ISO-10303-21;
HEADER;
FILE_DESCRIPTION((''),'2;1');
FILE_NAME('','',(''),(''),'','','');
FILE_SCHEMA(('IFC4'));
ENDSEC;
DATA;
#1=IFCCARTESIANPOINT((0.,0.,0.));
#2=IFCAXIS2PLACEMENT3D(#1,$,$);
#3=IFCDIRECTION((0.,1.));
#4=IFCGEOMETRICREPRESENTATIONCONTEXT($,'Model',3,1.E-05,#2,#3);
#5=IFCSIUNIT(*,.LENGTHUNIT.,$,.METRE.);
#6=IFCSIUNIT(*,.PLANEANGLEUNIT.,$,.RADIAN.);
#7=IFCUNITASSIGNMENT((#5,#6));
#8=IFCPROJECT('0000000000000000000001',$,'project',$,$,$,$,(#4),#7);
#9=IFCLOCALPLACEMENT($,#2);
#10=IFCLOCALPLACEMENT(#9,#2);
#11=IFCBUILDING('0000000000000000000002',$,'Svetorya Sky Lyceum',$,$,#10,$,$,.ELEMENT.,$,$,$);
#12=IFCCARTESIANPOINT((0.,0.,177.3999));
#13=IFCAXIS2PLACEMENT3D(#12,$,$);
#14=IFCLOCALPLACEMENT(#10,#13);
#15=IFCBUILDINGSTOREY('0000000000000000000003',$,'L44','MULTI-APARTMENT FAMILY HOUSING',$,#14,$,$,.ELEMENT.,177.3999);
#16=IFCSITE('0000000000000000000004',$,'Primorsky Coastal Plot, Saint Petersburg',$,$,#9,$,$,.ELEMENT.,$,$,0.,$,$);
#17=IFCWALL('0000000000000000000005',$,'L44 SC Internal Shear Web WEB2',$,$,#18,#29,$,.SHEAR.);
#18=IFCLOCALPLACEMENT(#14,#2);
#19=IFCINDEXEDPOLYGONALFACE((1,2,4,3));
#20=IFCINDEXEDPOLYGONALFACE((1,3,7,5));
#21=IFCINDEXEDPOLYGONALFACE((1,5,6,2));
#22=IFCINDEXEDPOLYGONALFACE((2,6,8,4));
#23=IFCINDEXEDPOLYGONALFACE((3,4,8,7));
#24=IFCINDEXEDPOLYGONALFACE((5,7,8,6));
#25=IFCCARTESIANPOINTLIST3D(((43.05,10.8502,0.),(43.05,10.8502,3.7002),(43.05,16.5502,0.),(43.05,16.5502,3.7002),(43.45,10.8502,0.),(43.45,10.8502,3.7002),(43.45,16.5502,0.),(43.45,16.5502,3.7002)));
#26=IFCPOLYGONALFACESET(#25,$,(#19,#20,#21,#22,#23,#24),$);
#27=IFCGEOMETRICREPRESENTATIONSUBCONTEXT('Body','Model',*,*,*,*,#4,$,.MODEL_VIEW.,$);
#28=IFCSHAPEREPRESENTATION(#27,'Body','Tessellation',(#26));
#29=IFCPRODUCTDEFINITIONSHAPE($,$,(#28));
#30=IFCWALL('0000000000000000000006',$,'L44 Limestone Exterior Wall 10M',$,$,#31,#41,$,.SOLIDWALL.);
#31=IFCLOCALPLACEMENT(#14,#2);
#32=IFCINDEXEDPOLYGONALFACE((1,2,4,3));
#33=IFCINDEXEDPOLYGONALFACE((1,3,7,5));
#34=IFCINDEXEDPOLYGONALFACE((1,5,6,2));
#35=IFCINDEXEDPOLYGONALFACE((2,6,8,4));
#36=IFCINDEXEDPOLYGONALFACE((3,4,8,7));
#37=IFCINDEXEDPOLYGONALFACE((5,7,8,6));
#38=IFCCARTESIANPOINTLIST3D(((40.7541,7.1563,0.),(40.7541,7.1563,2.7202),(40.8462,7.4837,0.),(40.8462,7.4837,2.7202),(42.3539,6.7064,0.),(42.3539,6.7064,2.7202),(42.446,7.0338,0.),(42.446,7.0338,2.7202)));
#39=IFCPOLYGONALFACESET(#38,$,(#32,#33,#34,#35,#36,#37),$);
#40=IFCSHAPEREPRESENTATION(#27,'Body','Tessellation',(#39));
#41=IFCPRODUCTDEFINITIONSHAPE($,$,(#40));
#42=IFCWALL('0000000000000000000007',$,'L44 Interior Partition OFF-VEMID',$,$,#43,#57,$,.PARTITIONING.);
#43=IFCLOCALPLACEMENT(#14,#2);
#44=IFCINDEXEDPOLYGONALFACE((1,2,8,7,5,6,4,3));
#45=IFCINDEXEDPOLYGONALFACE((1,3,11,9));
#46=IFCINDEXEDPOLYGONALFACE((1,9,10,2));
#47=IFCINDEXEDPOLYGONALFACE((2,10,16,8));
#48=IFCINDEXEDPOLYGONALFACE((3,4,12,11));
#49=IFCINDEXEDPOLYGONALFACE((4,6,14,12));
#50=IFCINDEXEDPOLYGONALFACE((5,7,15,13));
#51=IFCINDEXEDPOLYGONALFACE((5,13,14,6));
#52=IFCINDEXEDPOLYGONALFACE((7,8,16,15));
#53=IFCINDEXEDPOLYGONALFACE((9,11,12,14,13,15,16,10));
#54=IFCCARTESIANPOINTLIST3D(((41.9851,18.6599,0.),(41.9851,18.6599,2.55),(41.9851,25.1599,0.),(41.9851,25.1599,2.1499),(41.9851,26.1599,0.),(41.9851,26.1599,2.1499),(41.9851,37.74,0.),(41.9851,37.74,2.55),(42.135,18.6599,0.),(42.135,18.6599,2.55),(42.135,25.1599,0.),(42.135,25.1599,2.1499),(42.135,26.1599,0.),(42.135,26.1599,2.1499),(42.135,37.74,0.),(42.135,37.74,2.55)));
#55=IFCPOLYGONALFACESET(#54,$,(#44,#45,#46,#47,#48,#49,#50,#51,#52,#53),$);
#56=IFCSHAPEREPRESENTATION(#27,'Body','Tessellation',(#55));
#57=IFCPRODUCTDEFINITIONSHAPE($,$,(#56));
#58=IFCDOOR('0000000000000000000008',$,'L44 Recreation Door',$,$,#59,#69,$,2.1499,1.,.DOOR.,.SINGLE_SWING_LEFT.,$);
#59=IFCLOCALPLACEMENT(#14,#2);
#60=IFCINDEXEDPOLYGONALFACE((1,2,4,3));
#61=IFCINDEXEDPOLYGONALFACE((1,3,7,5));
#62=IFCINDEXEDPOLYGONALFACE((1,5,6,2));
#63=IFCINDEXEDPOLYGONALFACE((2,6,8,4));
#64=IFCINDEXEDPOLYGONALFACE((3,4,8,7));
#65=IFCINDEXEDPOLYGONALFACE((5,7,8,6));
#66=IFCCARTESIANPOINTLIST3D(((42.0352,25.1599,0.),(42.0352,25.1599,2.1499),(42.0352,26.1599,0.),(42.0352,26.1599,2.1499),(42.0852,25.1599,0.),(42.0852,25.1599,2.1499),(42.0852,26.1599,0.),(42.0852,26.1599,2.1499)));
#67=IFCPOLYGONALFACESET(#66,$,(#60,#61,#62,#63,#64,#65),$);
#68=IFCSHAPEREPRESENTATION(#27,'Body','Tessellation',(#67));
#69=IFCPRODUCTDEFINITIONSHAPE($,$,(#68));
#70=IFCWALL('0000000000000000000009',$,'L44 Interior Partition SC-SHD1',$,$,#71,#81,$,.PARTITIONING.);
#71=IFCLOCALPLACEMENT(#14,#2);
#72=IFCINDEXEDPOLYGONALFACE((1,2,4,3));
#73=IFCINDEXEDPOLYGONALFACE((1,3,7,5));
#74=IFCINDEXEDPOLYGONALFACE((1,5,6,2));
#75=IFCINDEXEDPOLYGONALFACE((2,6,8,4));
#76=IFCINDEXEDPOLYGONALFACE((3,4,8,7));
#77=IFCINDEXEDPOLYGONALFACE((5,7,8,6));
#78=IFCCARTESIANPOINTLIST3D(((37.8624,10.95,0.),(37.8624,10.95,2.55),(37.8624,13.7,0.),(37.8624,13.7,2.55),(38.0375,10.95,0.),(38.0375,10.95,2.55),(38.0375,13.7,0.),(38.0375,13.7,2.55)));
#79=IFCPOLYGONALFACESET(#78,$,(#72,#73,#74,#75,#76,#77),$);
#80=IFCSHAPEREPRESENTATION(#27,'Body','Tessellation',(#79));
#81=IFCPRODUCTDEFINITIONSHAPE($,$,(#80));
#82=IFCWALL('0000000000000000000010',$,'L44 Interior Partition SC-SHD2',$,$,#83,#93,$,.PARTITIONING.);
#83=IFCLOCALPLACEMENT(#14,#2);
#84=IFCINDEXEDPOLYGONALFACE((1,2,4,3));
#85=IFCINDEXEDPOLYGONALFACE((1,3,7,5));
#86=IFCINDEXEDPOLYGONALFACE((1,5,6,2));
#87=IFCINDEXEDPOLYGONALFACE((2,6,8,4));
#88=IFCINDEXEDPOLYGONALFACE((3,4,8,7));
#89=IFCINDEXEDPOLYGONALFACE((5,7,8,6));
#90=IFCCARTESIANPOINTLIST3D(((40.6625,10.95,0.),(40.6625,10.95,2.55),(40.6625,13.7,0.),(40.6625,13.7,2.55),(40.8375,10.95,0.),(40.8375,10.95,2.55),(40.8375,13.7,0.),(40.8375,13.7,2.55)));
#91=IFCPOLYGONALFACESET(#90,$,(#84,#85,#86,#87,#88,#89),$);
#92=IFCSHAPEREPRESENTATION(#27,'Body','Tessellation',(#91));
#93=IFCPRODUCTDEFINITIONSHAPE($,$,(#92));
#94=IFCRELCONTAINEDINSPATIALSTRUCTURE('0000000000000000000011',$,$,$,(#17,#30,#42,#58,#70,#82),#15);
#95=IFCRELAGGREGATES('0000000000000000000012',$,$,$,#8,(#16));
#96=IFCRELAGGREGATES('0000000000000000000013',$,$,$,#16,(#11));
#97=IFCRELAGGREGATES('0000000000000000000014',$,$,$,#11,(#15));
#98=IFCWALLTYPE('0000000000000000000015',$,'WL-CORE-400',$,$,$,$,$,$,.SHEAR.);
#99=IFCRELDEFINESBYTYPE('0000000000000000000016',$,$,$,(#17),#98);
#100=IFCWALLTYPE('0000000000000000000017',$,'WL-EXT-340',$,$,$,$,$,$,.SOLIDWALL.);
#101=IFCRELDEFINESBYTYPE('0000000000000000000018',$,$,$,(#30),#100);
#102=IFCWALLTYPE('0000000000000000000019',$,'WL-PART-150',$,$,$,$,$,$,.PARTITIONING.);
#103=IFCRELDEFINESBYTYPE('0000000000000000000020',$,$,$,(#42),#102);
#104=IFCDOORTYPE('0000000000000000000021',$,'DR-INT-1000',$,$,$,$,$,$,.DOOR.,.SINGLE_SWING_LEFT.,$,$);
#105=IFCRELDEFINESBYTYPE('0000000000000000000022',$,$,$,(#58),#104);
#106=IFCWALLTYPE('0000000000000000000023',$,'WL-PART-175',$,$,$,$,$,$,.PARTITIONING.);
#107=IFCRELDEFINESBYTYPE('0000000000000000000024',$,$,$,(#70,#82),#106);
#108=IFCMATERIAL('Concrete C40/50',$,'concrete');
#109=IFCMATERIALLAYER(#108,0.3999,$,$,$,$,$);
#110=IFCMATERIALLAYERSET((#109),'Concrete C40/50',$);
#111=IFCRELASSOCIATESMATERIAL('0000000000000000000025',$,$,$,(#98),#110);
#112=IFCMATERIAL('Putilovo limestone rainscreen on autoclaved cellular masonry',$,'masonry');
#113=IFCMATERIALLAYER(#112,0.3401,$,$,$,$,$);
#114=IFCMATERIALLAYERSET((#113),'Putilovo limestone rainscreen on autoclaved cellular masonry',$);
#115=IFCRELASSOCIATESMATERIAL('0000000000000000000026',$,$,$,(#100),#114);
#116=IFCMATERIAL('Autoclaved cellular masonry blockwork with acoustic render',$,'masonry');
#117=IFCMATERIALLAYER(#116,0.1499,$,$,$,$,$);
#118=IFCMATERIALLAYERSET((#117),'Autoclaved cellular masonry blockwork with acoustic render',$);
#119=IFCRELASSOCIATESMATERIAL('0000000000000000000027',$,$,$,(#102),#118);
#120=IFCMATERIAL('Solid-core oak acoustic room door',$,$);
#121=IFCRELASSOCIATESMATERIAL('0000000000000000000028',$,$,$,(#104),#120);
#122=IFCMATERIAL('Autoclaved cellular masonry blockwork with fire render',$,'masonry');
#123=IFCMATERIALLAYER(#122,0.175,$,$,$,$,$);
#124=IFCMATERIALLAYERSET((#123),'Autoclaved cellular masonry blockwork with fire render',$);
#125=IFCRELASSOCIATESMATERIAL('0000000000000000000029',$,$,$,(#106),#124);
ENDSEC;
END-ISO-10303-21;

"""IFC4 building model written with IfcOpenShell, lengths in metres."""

from ifc_helpers import new_model, si_unit, direction, frame, frame_2d, origin, place, context, subcontext, project, spatial, rectangle, extrude, material, layer, layer_set, type_object, element, fill, save


model = new_model("IFC4")

# Units and contexts
model_context = context("Model", 3, precision=1e-05, world=origin(), true_north=direction((0.0, 1.0)))
body_context = subcontext(model_context, "Body", "Model", "MODEL_VIEW")
ifc_project = project(units=[si_unit("LENGTHUNIT", "METRE"), si_unit("PLANEANGLEUNIT", "RADIAN")], contexts=[model_context])

# Site, building, storey
site_placement = place(None, origin())
site = spatial("IfcSite", under=ifc_project, at=site_placement, Name="Primorsky Coastal Plot, Saint Petersburg", CompositionType="ELEMENT", RefElevation=0.0)
building_placement = place(site_placement, origin())
building = spatial("IfcBuilding", under=site, at=building_placement, Name="Svetorya Sky Lyceum", CompositionType="ELEMENT")
storey_placement = place(building_placement, frame((0.0, 0.0, 177.3999)))
storey = spatial("IfcBuildingStorey", under=building, at=storey_placement, Name="L44", Description="MULTI-APARTMENT FAMILY HOUSING", CompositionType="ELEMENT", Elevation=177.3999)

# Walls
ifc_material_1 = material(Name="Concrete C40/50", Category="concrete")
ifc_layer_1 = layer(ifc_material_1, 0.3999)
ifc_layer_set_1 = layer_set([ifc_layer_1], Name="Concrete C40/50")
wall_type_1 = type_object("IfcWallType", Name="WL-CORE-400", PredefinedType="SHEAR", material=ifc_layer_set_1)
wall_1_placement = place(storey_placement, frame((43.25, 10.8501, 0.0), z_axis=(0.0, 0.0, 1.0), x_axis=(0.0, 1.0, 0.0)))
element("IfcWall", 1, at=wall_1_placement, inside=storey, type_object=wall_type_1, Name="L44 SC Internal Shear Web WEB2", PredefinedType="SHEAR", context=body_context, shape_type="SweptSolid", body=[
    extrude(rectangle(XDim=5.7, YDim=0.3999, at=frame_2d((2.8501, 0.0))), origin(), (0.0, 0.0, 1.0), 3.7002),
])
ifc_material_2 = material(Name="Putilovo limestone rainscreen on autoclaved cellular masonry", Category="masonry")
ifc_layer_2 = layer(ifc_material_2, 0.3401)
ifc_layer_set_2 = layer_set([ifc_layer_2], Name="Putilovo limestone rainscreen on autoclaved cellular masonry")
wall_type_2 = type_object("IfcWallType", Name="WL-EXT-340", PredefinedType="SOLIDWALL", material=ifc_layer_set_2)
wall_2_placement = place(storey_placement, frame((40.8, 7.3201, 0.0), z_axis=(0.0, 0.0, 1.0), x_axis=(0.962652, -0.270741, 0.0)))
element("IfcWall", 2, at=wall_2_placement, inside=storey, type_object=wall_type_2, Name="L44 Limestone Exterior Wall 10M", PredefinedType="SOLIDWALL", context=body_context, shape_type="SweptSolid", body=[
    extrude(rectangle(XDim=1.6619, YDim=0.3401, at=frame_2d((0.8311, 0.0))), origin(), (0.0, 0.0, 1.0), 2.7202),
])

# Wall, opening, door
ifc_material_3 = material(Name="Autoclaved cellular masonry blockwork with acoustic render", Category="masonry")
ifc_layer_3 = layer(ifc_material_3, 0.1499)
ifc_layer_set_3 = layer_set([ifc_layer_3], Name="Autoclaved cellular masonry blockwork with acoustic render")
wall_type_3 = type_object("IfcWallType", Name="WL-PART-150", PredefinedType="PARTITIONING", material=ifc_layer_set_3)
wall_3_placement = place(storey_placement, frame((42.0601, 18.6599, 0.0), z_axis=(0.0, 0.0, 1.0), x_axis=(0.0, 1.0, 0.0)))
wall_3 = element("IfcWall", 3, at=wall_3_placement, inside=storey, type_object=wall_type_3, Name="L44 Interior Partition OFF-VEMID", PredefinedType="PARTITIONING", context=body_context, shape_type="SweptSolid", body=[
    extrude(rectangle(XDim=19.0801, YDim=0.1499, at=frame_2d((9.54, 0.0))), origin(), (0.0, 0.0, 1.0), 2.55),
])
opening_1_placement = place(wall_3_placement, frame((6.5, 0.0, 0.0)))
opening_1 = element("IfcOpeningElement", 4, at=opening_1_placement, cuts=wall_3, PredefinedType="OPENING", context=body_context, shape_type="SweptSolid", body=[
    extrude(rectangle(XDim=1.0, YDim=2.1499, at=frame_2d((0.5, 1.075))), frame((0.0, 0.085, 0.0), z_axis=(0.0, -1.0, 0.0), x_axis=(1.0, 0.0, 0.0)), (0.0, 0.0, 1.0), 0.1699),
])
ifc_material_4 = material(Name="Solid-core oak acoustic room door")
door_type_1 = type_object("IfcDoorType", Name="DR-INT-1000", OperationType="SINGLE_SWING_LEFT", PredefinedType="DOOR", material=ifc_material_4)
door_1_placement = place(opening_1_placement, origin())
door_1 = element("IfcDoor", 5, at=door_1_placement, inside=storey, type_object=door_type_1, Name="L44 Recreation Door", OperationType="SINGLE_SWING_LEFT", OverallHeight=2.1499, OverallWidth=1.0, PredefinedType="DOOR", context=body_context, shape_type="SweptSolid", body=[
    extrude(rectangle(XDim=1.0, YDim=2.1499, at=frame_2d((0.5, 1.075))), frame((0.0, 0.0249, 0.0), z_axis=(0.0, -1.0, 0.0), x_axis=(1.0, 0.0, 0.0)), (0.0, 0.0, 1.0), 0.05),
])
fill(opening_1, door_1)

# Walls
ifc_material_5 = material(Name="Autoclaved cellular masonry blockwork with fire render", Category="masonry")
ifc_layer_4 = layer(ifc_material_5, 0.175)
ifc_layer_set_4 = layer_set([ifc_layer_4], Name="Autoclaved cellular masonry blockwork with fire render")
wall_type_4 = type_object("IfcWallType", Name="WL-PART-175", PredefinedType="PARTITIONING", material=ifc_layer_set_4)
for number, where, z_axis, x_axis, name in (
    (6, (37.95, 10.95, 0.0), (0.0, 0.0, 1.0), (0.0, 1.0, 0.0), "L44 Interior Partition SC-SHD1"),
    (7, (40.75, 10.95, 0.0), (0.0, 0.0, 1.0), (0.0, 1.0, 0.0), "L44 Interior Partition SC-SHD2"),
):
    element("IfcWall", number, at=place(storey_placement, frame(where, z_axis=z_axis, x_axis=x_axis)), inside=storey, type_object=wall_type_4, Name=name, PredefinedType="PARTITIONING", context=body_context, shape_type="SweptSolid", body=[
        extrude(rectangle(XDim=2.75, YDim=0.175, at=frame_2d((1.375, 0.0))), origin(), (0.0, 0.0, 1.0), 2.55),
    ])

save(model, "model.ifc")
